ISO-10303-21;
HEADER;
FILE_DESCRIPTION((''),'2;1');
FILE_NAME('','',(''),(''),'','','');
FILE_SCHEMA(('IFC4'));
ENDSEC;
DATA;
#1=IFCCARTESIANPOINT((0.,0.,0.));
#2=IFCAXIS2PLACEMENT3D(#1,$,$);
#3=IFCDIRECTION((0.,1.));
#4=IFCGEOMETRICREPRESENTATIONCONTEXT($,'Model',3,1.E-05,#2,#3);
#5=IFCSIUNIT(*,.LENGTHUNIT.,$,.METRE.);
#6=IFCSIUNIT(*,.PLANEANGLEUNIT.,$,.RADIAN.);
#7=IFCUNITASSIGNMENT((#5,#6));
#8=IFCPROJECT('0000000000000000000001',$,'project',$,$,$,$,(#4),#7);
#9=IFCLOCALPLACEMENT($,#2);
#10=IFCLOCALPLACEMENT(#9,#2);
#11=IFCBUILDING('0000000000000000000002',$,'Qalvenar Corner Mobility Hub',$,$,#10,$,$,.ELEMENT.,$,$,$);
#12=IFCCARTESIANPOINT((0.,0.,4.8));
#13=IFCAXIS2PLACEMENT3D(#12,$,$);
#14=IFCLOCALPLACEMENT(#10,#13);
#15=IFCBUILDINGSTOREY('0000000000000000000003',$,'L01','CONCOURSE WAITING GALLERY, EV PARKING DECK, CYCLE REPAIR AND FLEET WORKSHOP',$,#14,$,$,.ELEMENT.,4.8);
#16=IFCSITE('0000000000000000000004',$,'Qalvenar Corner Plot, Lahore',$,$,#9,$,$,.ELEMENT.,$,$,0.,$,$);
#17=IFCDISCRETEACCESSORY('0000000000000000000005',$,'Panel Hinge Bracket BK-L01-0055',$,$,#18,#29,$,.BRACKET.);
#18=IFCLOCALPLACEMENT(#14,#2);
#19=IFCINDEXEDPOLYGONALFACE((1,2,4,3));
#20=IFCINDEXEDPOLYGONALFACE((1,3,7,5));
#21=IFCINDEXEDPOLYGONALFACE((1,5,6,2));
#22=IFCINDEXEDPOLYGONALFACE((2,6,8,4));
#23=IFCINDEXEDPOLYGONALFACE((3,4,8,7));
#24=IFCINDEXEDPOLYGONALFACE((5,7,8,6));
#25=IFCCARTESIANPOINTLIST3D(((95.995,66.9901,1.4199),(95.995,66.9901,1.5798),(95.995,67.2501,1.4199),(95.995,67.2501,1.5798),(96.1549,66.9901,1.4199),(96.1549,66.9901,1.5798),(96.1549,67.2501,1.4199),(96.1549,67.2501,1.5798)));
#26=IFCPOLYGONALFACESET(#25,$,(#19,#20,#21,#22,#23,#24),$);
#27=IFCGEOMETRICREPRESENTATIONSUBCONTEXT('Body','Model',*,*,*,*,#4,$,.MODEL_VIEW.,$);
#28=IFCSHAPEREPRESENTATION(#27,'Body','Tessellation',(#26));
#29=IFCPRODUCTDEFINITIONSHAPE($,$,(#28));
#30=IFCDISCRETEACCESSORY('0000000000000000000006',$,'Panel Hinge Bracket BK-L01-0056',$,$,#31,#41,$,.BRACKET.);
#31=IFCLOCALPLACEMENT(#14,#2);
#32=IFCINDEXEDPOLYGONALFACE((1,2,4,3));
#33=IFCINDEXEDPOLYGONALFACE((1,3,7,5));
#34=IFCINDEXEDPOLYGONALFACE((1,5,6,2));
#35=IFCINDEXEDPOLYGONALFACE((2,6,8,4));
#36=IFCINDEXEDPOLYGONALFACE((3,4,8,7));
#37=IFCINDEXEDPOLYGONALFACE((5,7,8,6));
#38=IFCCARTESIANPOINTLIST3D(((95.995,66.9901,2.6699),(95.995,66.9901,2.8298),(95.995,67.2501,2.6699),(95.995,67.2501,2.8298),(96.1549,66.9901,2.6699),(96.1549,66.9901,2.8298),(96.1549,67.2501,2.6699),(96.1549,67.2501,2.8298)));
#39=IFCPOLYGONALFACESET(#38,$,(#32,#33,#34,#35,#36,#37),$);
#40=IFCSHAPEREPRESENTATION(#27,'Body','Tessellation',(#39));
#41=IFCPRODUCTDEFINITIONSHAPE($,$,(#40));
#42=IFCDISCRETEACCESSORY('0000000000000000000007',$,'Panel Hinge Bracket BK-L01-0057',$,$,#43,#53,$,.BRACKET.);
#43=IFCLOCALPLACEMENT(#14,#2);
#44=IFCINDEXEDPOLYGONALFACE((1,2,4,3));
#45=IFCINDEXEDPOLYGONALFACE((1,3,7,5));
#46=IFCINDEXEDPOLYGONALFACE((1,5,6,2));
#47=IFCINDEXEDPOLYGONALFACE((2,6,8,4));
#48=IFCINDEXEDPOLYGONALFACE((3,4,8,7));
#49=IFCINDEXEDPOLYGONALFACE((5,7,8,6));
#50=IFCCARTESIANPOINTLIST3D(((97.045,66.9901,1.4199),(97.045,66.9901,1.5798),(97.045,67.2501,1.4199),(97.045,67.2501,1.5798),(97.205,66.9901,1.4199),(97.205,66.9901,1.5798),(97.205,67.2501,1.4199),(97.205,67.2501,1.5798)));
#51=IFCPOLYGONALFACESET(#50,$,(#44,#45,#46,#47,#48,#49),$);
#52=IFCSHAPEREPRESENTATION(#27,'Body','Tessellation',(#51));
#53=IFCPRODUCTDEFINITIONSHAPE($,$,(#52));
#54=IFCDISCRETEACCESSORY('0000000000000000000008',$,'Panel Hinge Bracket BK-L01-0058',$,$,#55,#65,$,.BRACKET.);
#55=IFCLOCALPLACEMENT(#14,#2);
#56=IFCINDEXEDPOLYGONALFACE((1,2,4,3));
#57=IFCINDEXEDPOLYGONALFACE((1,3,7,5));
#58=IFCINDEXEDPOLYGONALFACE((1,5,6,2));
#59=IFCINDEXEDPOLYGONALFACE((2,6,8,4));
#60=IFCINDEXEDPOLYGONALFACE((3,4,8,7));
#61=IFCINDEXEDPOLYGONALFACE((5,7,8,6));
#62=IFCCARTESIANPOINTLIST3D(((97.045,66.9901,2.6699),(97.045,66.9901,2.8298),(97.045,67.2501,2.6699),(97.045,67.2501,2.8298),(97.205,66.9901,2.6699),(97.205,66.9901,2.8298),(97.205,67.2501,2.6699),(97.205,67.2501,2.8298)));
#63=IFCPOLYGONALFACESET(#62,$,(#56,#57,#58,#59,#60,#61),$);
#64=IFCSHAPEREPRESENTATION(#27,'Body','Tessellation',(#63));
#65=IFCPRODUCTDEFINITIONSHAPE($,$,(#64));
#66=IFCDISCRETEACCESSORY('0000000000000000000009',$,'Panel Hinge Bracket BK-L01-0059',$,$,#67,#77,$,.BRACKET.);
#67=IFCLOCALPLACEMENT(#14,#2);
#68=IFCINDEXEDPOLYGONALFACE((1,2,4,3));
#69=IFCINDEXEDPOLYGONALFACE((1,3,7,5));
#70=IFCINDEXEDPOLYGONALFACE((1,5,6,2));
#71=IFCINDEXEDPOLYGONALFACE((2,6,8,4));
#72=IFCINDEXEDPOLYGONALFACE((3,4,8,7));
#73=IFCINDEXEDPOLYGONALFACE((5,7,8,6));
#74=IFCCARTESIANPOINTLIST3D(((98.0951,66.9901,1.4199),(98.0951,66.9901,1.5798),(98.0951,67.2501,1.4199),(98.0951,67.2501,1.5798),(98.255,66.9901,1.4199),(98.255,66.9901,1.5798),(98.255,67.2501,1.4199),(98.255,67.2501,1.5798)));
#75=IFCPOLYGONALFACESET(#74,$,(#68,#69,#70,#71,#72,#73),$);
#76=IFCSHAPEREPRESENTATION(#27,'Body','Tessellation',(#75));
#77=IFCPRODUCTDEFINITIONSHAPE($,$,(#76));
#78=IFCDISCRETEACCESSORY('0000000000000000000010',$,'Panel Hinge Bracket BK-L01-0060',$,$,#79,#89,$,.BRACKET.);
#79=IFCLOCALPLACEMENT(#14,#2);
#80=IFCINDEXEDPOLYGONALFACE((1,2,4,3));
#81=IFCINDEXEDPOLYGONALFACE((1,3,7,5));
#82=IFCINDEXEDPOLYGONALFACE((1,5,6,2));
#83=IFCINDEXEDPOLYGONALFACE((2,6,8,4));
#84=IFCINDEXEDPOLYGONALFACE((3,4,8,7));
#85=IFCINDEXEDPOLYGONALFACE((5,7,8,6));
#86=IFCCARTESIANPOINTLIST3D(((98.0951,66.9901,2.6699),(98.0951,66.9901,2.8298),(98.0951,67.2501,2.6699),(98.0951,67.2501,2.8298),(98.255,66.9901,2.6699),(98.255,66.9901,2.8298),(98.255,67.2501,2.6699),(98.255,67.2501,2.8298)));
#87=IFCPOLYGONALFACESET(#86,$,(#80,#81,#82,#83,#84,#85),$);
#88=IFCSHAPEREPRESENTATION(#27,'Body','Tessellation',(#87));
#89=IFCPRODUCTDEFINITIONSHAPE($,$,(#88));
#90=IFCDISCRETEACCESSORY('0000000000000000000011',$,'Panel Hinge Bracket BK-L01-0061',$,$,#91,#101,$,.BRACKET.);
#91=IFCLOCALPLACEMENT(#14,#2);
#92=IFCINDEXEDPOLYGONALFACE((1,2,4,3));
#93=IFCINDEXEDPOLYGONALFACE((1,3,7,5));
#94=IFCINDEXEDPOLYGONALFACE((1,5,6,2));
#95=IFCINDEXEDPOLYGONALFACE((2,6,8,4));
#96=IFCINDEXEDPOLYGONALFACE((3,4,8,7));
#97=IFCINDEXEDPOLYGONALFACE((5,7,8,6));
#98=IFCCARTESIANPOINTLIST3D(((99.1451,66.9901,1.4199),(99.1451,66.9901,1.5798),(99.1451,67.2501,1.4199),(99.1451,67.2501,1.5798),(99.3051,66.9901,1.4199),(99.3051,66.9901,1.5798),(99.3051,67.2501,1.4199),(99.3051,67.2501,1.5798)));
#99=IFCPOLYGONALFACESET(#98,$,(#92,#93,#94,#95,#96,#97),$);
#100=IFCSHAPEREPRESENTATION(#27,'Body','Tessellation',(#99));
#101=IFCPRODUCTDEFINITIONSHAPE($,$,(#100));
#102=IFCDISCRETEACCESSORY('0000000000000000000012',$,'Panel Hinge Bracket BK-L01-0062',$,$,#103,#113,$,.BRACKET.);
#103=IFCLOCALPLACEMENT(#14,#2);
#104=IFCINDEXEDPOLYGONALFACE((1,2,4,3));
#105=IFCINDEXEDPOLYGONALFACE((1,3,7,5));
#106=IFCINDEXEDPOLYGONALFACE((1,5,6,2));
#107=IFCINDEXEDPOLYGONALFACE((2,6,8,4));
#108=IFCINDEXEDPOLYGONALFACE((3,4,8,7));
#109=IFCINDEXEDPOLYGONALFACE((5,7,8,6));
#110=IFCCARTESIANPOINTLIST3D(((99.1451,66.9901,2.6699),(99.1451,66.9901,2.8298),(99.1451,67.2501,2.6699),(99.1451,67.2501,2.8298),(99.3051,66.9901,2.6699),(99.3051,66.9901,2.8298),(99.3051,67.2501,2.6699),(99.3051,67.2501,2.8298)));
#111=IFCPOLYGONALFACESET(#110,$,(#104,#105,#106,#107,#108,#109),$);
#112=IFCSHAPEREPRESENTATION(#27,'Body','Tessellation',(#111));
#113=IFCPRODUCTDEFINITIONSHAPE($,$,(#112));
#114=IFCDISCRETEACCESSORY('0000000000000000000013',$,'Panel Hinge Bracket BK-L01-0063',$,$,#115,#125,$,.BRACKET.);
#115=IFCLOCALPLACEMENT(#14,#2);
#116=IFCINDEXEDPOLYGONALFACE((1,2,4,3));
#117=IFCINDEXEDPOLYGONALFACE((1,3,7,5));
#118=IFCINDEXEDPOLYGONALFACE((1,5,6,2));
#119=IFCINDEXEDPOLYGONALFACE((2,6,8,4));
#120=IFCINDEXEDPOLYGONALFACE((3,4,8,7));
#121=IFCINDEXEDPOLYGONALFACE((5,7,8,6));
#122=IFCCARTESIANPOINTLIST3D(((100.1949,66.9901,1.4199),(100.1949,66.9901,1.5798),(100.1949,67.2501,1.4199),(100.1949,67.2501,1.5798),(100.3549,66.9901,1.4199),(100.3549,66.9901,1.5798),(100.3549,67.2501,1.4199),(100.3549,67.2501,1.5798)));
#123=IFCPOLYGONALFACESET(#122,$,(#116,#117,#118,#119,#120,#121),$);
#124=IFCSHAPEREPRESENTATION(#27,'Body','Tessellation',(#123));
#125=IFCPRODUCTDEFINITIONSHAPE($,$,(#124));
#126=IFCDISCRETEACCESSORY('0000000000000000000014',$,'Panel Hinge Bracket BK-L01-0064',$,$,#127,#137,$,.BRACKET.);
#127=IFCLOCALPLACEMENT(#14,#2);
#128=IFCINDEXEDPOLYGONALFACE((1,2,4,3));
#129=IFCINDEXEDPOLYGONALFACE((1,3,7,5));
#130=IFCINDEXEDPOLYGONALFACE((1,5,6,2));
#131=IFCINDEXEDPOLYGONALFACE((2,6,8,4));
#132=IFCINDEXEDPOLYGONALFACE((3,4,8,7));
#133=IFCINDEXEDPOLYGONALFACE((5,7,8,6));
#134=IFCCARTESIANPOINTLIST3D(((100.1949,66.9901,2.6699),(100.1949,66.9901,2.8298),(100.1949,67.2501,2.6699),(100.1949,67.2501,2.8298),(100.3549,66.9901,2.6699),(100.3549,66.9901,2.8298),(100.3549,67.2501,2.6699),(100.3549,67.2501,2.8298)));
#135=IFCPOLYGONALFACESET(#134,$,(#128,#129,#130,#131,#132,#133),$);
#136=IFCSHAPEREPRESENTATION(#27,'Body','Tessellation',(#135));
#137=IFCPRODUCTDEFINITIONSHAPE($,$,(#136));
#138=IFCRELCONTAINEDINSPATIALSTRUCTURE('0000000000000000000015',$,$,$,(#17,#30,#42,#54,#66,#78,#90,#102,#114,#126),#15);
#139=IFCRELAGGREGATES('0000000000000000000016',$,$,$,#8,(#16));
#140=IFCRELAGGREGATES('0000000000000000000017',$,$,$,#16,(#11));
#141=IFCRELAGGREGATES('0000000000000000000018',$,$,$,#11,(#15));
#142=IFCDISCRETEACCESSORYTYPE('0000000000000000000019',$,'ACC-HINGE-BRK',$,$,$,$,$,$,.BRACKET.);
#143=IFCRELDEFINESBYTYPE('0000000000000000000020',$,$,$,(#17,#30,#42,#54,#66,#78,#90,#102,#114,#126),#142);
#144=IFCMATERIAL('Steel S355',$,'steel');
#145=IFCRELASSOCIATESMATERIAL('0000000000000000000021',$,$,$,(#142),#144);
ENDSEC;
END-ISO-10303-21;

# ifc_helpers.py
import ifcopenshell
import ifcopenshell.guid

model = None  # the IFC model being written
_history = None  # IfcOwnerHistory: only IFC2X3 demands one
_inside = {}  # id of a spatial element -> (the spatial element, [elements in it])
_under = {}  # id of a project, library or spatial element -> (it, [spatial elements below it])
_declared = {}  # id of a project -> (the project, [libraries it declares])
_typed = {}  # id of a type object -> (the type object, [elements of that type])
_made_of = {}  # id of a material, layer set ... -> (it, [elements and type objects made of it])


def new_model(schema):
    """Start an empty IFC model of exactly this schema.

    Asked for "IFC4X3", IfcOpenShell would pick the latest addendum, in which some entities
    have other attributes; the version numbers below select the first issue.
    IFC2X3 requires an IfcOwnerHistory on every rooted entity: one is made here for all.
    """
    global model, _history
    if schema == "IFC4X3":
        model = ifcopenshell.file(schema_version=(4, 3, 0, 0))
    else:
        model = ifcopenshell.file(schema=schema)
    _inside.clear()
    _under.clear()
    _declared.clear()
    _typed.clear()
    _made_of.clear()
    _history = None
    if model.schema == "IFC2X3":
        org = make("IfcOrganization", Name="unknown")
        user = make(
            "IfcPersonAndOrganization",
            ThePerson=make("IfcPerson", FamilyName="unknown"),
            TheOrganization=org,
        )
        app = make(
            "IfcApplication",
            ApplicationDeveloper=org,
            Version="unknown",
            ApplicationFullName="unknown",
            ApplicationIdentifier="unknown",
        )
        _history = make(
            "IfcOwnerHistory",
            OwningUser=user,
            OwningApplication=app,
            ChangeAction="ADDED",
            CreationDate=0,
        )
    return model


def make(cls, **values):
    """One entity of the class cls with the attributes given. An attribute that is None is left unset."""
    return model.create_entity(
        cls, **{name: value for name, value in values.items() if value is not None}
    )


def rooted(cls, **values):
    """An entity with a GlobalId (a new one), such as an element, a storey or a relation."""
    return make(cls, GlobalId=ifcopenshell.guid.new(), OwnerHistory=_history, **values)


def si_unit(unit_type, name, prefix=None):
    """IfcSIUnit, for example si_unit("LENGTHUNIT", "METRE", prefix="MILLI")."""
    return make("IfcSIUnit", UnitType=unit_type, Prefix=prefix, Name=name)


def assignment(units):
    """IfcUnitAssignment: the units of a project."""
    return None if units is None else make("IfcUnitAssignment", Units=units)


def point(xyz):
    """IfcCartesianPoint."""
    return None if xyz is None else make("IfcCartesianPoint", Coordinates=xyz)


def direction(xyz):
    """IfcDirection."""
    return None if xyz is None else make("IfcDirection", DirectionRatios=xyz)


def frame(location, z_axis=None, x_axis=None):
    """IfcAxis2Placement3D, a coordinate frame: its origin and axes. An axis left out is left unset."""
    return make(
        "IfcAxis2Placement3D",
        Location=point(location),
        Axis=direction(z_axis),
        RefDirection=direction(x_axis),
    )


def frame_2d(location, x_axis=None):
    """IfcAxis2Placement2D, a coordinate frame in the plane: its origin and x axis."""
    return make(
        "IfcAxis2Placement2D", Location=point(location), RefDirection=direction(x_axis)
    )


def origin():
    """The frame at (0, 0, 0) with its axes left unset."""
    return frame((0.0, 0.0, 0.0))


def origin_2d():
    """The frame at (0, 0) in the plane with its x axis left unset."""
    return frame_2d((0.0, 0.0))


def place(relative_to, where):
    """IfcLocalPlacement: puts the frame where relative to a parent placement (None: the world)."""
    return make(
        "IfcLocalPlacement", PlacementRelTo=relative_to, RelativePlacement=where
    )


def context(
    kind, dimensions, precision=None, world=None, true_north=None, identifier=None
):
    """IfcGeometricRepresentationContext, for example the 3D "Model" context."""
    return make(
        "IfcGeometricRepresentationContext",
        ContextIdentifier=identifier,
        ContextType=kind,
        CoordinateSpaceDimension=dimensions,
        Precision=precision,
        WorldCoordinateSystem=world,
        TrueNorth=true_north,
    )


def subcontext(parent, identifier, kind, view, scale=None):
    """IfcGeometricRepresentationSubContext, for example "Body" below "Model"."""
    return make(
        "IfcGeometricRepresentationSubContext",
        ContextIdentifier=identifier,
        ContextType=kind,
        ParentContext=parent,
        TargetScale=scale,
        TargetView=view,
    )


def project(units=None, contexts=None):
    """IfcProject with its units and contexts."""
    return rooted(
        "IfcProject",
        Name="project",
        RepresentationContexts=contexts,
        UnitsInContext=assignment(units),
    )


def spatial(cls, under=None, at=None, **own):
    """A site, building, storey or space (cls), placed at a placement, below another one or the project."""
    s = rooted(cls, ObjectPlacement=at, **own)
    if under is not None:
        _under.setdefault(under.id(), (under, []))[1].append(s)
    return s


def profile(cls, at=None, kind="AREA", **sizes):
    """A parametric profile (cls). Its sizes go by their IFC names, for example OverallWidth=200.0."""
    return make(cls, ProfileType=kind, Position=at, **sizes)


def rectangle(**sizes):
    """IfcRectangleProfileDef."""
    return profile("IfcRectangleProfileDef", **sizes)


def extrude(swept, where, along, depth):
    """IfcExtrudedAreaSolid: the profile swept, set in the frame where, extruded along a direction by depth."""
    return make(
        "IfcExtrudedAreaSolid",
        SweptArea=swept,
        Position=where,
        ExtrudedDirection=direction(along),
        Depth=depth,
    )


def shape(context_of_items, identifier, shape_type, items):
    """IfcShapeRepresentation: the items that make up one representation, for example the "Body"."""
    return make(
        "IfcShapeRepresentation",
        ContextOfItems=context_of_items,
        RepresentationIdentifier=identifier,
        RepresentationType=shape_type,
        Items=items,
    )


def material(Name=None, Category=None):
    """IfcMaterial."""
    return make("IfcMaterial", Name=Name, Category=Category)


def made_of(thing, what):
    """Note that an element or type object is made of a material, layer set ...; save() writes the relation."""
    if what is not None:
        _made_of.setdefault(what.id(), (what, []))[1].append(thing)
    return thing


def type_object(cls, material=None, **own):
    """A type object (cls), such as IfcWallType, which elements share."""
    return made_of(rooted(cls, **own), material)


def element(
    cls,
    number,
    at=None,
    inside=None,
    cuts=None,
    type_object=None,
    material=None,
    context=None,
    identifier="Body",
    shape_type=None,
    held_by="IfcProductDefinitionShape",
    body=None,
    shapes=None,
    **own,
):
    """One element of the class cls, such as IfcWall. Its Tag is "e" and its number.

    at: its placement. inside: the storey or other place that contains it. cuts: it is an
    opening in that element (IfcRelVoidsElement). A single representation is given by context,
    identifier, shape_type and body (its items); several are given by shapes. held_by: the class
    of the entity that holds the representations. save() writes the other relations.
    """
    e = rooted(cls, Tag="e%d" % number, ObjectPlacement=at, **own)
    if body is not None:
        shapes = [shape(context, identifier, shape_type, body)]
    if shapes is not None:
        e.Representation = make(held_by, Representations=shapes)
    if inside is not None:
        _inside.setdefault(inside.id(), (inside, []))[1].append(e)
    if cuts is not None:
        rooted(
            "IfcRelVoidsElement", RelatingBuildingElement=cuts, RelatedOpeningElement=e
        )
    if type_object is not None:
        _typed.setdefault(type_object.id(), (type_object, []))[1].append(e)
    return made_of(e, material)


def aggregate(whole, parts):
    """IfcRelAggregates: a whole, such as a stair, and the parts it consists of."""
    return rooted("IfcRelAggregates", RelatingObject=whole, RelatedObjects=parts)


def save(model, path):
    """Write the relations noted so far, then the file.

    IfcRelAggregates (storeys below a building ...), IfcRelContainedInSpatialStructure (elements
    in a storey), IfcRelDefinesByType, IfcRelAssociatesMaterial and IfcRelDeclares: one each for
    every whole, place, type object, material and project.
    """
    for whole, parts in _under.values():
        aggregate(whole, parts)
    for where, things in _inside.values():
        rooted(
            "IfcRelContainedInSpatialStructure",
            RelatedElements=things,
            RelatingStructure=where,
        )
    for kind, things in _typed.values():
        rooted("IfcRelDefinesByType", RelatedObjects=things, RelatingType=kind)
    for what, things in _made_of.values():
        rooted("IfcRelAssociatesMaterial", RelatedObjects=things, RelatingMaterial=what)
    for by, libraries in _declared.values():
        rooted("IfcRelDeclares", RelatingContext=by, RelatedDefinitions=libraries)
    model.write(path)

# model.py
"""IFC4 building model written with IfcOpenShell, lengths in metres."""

from ifc_helpers import new_model, si_unit, direction, frame, origin, origin_2d, place, context, subcontext, project, spatial, rectangle, extrude, material, type_object, element, save


model = new_model("IFC4")

# Units and contexts
model_context = context("Model", 3, precision=1e-05, world=origin(), true_north=direction((0.0, 1.0)))
body_context = subcontext(model_context, "Body", "Model", "MODEL_VIEW")
ifc_project = project(units=[si_unit("LENGTHUNIT", "METRE"), si_unit("PLANEANGLEUNIT", "RADIAN")], contexts=[model_context])

# Site, building, storey
site_placement = place(None, origin())
site = spatial("IfcSite", under=ifc_project, at=site_placement, Name="Qalvenar Corner Plot, Lahore", CompositionType="ELEMENT", RefElevation=0.0)
building_placement = place(site_placement, origin())
building = spatial("IfcBuilding", under=site, at=building_placement, Name="Qalvenar Corner Mobility Hub", CompositionType="ELEMENT")
storey_placement = place(building_placement, frame((0.0, 0.0, 4.8)))
storey = spatial("IfcBuildingStorey", under=building, at=storey_placement, Name="L01", Description="CONCOURSE WAITING GALLERY, EV PARKING DECK, CYCLE REPAIR AND FLEET WORKSHOP", CompositionType="ELEMENT", Elevation=4.8)

# Discrete accessories
ifc_material_1 = material(Name="Steel S355", Category="steel")
discrete_accessory_type = type_object("IfcDiscreteAccessoryType", Name="ACC-HINGE-BRK", PredefinedType="BRACKET", material=ifc_material_1)
for number, where, z_axis, x_axis, name in (
    (1, (96.075, 67.1201, 1.4199), (0.0, 0.0, 1.0), (1.0, 0.0, 0.0), "Panel Hinge Bracket BK-L01-0055"),
    (2, (96.075, 67.1201, 2.6699), (0.0, 0.0, 1.0), (1.0, 0.0, 0.0), "Panel Hinge Bracket BK-L01-0056"),
    (3, (97.125, 67.1201, 1.4199), (0.0, 0.0, 1.0), (1.0, 0.0, 0.0), "Panel Hinge Bracket BK-L01-0057"),
    (4, (97.125, 67.1201, 2.6699), (0.0, 0.0, 1.0), (1.0, 0.0, 0.0), "Panel Hinge Bracket BK-L01-0058"),
    (5, (98.175, 67.1201, 1.4199), (0.0, 0.0, 1.0), (1.0, 0.0, 0.0), "Panel Hinge Bracket BK-L01-0059"),
    (6, (98.175, 67.1201, 2.6699), (0.0, 0.0, 1.0), (1.0, 0.0, 0.0), "Panel Hinge Bracket BK-L01-0060"),
    (7, (99.2251, 67.1201, 1.4199), (0.0, 0.0, 1.0), (1.0, 0.0, 0.0), "Panel Hinge Bracket BK-L01-0061"),
    (8, (99.2251, 67.1201, 2.6699), (0.0, 0.0, 1.0), (1.0, 0.0, 0.0), "Panel Hinge Bracket BK-L01-0062"),
    (9, (100.2749, 67.1201, 1.4199), (0.0, 0.0, 1.0), (1.0, 0.0, 0.0), "Panel Hinge Bracket BK-L01-0063"),
    (10, (100.2749, 67.1201, 2.6699), (0.0, 0.0, 1.0), (1.0, 0.0, 0.0), "Panel Hinge Bracket BK-L01-0064"),
):
    element("IfcDiscreteAccessory", number, at=place(storey_placement, frame(where, z_axis=z_axis, x_axis=x_axis)), inside=storey, type_object=discrete_accessory_type, Name=name, PredefinedType="BRACKET", context=body_context, shape_type="SweptSolid", body=[
        extrude(rectangle(XDim=0.1599, YDim=0.26, at=origin_2d()), origin(), (0.0, 0.0, 1.0), 0.1599),
    ])

save(model, "model.ifc")
